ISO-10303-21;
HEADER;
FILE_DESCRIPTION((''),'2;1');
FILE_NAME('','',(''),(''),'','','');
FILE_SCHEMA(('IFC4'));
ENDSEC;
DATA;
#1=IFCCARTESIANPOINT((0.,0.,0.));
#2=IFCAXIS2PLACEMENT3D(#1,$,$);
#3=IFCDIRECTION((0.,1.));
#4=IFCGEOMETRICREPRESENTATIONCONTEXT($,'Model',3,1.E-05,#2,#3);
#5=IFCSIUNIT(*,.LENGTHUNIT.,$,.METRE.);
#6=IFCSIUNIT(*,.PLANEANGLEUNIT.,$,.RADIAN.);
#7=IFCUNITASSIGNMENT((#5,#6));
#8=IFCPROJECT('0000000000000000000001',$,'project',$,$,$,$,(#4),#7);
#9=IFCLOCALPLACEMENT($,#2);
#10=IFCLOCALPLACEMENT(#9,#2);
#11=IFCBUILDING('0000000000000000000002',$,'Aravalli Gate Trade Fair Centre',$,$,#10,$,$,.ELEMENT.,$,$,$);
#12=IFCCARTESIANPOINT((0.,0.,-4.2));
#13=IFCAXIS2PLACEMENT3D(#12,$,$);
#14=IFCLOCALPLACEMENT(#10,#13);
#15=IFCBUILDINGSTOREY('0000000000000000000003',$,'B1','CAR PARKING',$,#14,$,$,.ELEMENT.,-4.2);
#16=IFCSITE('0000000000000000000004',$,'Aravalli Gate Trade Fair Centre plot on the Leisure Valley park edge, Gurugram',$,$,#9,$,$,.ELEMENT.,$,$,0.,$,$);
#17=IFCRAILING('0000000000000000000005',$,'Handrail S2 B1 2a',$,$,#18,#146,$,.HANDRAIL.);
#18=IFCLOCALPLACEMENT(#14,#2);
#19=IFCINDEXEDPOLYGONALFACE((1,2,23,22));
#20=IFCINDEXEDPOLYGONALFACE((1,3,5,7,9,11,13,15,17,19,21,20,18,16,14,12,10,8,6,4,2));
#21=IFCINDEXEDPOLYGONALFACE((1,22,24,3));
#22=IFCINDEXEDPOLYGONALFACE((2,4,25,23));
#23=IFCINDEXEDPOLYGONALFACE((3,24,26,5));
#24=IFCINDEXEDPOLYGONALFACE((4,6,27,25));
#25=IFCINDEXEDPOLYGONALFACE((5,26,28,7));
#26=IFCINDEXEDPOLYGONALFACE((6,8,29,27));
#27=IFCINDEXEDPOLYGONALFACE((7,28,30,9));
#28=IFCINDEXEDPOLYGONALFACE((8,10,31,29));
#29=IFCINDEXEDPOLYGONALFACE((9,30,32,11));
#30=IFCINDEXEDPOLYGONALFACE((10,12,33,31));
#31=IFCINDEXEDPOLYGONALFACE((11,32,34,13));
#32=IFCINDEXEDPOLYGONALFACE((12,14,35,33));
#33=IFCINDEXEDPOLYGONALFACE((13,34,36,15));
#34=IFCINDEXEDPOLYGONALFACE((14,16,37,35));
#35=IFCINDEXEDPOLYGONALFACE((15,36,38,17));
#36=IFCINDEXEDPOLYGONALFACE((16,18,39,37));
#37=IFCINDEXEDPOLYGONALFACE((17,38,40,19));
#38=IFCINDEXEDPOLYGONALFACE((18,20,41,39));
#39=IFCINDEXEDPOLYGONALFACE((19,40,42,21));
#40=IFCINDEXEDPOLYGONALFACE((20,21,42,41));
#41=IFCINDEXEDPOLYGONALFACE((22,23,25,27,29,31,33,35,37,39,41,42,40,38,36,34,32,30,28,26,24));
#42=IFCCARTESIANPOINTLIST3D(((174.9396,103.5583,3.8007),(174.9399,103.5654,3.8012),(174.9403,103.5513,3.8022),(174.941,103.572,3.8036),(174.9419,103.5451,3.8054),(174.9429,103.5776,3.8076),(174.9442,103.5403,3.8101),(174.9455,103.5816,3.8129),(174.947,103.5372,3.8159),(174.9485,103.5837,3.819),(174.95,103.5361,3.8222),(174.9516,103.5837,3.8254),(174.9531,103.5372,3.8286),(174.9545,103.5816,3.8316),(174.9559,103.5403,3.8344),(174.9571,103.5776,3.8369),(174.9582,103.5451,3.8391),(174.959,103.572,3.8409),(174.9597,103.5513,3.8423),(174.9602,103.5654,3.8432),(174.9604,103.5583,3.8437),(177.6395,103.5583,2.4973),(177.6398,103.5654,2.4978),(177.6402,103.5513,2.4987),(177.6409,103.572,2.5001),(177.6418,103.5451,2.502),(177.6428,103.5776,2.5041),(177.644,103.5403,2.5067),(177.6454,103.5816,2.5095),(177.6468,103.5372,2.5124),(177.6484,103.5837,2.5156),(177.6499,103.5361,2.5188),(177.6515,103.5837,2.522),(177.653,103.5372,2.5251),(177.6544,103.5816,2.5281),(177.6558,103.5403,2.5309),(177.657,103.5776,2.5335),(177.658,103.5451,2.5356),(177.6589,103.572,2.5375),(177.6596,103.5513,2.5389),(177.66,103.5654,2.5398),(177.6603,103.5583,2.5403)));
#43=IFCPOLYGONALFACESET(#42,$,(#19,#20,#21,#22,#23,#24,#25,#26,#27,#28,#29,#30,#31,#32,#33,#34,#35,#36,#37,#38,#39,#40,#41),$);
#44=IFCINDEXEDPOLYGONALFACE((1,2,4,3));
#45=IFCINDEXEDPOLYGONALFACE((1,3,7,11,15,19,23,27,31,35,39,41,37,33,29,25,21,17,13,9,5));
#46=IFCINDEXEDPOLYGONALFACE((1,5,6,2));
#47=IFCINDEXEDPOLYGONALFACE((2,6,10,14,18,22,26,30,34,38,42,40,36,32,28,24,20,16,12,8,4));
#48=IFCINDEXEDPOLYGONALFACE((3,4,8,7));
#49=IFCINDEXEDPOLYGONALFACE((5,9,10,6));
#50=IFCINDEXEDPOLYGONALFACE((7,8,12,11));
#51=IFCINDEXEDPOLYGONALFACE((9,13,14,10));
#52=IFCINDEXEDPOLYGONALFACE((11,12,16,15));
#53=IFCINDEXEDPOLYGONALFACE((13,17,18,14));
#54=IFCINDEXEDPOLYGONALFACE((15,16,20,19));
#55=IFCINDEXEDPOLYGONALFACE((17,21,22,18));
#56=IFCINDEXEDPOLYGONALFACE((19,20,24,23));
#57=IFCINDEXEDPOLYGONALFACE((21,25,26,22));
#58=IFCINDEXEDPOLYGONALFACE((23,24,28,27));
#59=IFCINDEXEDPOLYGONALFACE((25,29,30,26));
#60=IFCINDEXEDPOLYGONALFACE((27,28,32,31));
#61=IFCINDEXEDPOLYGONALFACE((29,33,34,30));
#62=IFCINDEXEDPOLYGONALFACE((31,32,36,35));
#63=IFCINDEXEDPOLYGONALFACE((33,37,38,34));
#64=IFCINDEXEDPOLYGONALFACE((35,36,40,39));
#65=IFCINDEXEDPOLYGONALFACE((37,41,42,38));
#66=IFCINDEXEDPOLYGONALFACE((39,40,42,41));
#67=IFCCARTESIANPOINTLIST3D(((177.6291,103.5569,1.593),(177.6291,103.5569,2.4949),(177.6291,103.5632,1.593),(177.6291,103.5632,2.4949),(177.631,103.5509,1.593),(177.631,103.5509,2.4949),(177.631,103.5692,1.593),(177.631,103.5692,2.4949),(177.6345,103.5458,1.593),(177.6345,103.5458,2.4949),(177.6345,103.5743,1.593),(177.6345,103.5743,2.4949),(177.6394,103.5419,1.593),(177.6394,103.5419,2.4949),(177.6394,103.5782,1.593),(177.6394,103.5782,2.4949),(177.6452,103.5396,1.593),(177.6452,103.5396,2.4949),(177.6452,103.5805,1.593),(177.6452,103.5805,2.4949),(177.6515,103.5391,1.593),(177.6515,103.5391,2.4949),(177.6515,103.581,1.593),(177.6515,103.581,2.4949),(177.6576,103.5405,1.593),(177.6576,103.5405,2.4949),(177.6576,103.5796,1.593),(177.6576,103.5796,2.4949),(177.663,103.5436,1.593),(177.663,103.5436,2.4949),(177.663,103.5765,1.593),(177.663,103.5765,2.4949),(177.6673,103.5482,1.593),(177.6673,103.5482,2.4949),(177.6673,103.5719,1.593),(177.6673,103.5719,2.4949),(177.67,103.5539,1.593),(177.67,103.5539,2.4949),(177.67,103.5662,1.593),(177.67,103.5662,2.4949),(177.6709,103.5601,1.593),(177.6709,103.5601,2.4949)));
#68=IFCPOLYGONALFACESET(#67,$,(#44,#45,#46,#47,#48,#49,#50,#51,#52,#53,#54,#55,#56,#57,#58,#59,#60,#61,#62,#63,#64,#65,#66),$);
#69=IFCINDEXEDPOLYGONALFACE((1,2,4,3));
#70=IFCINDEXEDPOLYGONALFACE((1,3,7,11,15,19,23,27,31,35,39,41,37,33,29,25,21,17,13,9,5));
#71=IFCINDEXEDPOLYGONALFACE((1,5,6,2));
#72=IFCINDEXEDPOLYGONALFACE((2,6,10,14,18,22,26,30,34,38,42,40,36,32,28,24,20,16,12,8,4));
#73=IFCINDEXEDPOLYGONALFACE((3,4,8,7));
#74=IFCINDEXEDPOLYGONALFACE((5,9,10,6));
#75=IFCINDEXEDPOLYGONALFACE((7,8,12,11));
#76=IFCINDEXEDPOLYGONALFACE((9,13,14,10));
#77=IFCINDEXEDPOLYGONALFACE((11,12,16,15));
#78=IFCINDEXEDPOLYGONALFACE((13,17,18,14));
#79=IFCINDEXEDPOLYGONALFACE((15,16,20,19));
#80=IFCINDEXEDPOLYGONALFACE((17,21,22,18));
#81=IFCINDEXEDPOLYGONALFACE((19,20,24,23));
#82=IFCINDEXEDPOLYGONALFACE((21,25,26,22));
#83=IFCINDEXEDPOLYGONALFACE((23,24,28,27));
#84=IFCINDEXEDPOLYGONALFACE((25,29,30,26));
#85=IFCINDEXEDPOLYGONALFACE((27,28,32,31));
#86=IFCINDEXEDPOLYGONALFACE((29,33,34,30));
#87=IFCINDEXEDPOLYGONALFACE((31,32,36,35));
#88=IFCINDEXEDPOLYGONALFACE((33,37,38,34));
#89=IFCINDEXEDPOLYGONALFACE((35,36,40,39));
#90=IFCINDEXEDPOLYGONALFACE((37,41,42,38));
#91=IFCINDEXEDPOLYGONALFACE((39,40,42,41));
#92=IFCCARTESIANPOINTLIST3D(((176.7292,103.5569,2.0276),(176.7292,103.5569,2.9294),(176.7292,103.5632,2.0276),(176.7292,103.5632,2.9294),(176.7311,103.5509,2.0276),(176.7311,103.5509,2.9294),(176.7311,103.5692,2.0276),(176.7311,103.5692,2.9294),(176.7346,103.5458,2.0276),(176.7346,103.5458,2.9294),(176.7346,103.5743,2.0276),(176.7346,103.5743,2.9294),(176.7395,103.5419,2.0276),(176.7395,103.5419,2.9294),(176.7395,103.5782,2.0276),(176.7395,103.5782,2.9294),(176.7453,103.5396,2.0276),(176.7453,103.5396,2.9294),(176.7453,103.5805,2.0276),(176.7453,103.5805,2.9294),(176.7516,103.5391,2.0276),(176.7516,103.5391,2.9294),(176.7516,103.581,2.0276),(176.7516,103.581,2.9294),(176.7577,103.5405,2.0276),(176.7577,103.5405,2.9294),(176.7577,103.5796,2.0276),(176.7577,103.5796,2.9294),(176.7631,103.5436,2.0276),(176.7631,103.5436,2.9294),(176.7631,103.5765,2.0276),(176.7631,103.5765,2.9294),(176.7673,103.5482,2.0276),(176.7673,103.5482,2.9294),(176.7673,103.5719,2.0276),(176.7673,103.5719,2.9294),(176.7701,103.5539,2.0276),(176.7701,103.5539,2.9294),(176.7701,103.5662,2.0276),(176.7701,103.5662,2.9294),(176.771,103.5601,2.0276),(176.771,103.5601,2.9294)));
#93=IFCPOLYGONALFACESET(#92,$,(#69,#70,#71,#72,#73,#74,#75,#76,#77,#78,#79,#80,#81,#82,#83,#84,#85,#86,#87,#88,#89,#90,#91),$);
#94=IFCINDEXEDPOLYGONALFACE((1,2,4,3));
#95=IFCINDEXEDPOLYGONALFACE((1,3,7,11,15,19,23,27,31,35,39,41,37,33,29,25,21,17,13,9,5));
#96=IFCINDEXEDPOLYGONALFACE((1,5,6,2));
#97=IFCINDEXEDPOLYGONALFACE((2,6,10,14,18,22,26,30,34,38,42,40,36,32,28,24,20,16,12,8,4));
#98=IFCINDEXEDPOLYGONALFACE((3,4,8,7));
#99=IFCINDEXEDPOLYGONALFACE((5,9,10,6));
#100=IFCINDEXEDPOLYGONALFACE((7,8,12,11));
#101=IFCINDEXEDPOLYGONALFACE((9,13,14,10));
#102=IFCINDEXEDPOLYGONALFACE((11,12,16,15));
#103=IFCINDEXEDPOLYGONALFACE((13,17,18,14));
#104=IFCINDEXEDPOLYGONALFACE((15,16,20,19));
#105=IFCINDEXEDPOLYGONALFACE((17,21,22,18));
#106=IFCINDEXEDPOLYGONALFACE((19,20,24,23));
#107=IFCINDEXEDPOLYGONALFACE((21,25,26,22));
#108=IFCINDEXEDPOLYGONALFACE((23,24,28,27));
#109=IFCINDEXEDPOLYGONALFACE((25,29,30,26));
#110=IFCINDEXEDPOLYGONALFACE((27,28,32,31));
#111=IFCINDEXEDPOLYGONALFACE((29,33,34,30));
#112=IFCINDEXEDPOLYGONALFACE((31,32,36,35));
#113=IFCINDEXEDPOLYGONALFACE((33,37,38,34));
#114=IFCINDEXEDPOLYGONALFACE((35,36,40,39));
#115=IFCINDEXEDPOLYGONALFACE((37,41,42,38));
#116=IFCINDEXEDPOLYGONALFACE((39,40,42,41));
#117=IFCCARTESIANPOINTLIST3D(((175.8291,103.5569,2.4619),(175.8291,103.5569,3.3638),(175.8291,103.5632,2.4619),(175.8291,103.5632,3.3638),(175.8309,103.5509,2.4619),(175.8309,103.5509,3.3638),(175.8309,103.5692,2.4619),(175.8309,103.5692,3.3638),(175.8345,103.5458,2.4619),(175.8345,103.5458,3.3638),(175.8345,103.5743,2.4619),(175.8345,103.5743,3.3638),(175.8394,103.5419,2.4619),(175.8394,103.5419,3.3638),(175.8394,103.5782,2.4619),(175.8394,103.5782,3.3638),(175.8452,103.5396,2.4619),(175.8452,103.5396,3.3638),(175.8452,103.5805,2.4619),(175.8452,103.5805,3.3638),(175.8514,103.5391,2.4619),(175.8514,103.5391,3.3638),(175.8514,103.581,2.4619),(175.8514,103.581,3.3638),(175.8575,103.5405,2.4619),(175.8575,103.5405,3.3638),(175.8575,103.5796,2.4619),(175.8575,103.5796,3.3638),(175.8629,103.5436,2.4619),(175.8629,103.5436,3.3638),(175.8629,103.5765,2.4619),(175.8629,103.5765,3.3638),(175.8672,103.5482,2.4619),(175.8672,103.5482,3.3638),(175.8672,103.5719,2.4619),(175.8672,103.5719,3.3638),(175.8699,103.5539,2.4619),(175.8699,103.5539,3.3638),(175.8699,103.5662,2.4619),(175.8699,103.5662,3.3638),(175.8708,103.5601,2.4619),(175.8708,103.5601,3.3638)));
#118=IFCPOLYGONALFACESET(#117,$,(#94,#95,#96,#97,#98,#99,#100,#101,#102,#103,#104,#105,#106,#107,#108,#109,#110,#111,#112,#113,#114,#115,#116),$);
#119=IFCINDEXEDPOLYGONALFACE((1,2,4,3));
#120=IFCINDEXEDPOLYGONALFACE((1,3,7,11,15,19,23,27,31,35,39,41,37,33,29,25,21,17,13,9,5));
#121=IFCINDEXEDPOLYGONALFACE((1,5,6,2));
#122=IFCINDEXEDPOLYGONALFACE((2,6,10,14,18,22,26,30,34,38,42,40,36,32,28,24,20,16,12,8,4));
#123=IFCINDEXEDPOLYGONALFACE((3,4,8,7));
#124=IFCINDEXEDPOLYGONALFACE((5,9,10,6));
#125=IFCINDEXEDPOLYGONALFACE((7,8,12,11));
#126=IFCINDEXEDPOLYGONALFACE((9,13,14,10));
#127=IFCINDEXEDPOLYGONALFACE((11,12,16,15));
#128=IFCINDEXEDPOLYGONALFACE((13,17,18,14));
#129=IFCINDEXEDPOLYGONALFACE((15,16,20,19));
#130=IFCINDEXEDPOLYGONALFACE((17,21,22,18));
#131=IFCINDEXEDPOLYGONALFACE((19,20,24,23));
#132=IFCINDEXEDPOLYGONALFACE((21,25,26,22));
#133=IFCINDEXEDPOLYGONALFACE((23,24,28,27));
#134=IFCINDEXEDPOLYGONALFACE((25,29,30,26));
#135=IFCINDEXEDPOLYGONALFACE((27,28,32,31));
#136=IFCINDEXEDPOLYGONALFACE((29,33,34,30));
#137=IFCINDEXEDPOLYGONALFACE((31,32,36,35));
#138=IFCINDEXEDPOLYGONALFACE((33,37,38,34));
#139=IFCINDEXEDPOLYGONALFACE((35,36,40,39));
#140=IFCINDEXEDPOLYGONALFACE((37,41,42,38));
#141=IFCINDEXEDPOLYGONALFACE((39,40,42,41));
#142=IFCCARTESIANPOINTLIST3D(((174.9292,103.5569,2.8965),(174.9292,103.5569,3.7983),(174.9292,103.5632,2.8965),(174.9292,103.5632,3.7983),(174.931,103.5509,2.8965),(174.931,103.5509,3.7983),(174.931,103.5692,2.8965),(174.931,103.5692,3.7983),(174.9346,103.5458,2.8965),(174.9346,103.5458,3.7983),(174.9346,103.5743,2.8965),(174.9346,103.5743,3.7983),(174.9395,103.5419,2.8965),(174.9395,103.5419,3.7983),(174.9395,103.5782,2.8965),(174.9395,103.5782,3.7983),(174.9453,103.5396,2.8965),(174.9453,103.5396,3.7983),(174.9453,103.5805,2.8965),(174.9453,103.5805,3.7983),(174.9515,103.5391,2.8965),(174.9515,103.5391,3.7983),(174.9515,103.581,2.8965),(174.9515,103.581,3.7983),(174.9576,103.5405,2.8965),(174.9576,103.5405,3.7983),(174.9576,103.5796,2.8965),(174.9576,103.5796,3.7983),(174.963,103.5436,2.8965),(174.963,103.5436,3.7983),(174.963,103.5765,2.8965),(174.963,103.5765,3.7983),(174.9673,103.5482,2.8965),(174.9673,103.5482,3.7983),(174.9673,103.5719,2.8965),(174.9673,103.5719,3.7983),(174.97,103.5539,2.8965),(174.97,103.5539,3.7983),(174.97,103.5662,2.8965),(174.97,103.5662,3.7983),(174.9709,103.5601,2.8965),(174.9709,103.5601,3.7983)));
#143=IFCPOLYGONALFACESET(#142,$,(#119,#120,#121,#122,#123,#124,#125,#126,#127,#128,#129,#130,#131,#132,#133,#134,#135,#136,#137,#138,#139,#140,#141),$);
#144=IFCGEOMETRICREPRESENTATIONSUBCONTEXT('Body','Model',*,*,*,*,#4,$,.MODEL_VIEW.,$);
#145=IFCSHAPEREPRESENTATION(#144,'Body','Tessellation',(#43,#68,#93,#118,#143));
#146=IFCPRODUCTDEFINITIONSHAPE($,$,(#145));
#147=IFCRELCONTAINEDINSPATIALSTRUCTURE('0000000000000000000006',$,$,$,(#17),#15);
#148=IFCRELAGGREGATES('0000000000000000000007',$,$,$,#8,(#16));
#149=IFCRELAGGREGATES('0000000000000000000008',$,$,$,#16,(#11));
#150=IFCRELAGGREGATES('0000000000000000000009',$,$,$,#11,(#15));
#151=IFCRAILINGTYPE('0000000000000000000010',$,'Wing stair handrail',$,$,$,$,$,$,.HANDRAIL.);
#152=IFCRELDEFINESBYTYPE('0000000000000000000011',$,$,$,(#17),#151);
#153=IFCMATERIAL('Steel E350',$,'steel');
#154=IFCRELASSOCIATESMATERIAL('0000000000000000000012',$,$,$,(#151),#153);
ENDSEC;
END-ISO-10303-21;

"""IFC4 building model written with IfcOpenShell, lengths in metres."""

from ifc_helpers import new_model, si_unit, direction, frame, origin, origin_2d, place, context, subcontext, project, spatial, circle, extrude, material, type_object, element, save


model = new_model("IFC4")

# Units and contexts
model_context = context("Model", 3, precision=1e-05, world=origin(), true_north=direction((0.0, 1.0)))
body_context = subcontext(model_context, "Body", "Model", "MODEL_VIEW")
ifc_project = project(units=[si_unit("LENGTHUNIT", "METRE"), si_unit("PLANEANGLEUNIT", "RADIAN")], contexts=[model_context])

# Site, building, storey
site_placement = place(None, origin())
site = spatial("IfcSite", under=ifc_project, at=site_placement, Name="Aravalli Gate Trade Fair Centre plot on the Leisure Valley park edge, Gurugram", CompositionType="ELEMENT", RefElevation=0.0)
building_placement = place(site_placement, origin())
building = spatial("IfcBuilding", under=site, at=building_placement, Name="Aravalli Gate Trade Fair Centre", CompositionType="ELEMENT")
storey_placement = place(building_placement, frame((0.0, 0.0, -4.2)))
storey = spatial("IfcBuildingStorey", under=building, at=storey_placement, Name="B1", Description="CAR PARKING", CompositionType="ELEMENT", Elevation=-4.2)

# Shared definitions
ifc_material_1 = material(Name="Steel E350", Category="steel")

# Railing
railing_type_1 = type_object("IfcRailingType", Name="Wing stair handrail", PredefinedType="HANDRAIL", material=ifc_material_1)
for number, where, name in (
    (1, (177.6499, 103.5601, 1.593), "Handrail S2 B1 2a"),
):
    element("IfcRailing", number, at=place(storey_placement, frame(where)), inside=storey, type_object=railing_type_1, Name=name, PredefinedType="HANDRAIL", context=body_context, shape_type="SweptSolid", body=[
        extrude(circle(Radius=0.0239, at=origin_2d()), frame((0.0, 0.0, 0.9258), z_axis=(-0.900546, 0.0, 0.43476), x_axis=(0.0, -1.0, 0.0)), (0.0, 0.0, 1.0), 2.998),
        extrude(circle(Radius=0.021, at=origin_2d()), origin(), (0.0, 0.0, 1.0), 0.9019),
        extrude(circle(Radius=0.021, at=origin_2d()), frame((-0.8999, 0.0, 0.4346)), (0.0, 0.0, 1.0), 0.9019),
        extrude(circle(Radius=0.021, at=origin_2d()), frame((-1.8, 0.0, 0.8689)), (0.0, 0.0, 1.0), 0.9019),
        extrude(circle(Radius=0.021, at=origin_2d()), frame((-2.7, 0.0, 1.3035)), (0.0, 0.0, 1.0), 0.9019),
    ])

save(model, "model.ifc")
